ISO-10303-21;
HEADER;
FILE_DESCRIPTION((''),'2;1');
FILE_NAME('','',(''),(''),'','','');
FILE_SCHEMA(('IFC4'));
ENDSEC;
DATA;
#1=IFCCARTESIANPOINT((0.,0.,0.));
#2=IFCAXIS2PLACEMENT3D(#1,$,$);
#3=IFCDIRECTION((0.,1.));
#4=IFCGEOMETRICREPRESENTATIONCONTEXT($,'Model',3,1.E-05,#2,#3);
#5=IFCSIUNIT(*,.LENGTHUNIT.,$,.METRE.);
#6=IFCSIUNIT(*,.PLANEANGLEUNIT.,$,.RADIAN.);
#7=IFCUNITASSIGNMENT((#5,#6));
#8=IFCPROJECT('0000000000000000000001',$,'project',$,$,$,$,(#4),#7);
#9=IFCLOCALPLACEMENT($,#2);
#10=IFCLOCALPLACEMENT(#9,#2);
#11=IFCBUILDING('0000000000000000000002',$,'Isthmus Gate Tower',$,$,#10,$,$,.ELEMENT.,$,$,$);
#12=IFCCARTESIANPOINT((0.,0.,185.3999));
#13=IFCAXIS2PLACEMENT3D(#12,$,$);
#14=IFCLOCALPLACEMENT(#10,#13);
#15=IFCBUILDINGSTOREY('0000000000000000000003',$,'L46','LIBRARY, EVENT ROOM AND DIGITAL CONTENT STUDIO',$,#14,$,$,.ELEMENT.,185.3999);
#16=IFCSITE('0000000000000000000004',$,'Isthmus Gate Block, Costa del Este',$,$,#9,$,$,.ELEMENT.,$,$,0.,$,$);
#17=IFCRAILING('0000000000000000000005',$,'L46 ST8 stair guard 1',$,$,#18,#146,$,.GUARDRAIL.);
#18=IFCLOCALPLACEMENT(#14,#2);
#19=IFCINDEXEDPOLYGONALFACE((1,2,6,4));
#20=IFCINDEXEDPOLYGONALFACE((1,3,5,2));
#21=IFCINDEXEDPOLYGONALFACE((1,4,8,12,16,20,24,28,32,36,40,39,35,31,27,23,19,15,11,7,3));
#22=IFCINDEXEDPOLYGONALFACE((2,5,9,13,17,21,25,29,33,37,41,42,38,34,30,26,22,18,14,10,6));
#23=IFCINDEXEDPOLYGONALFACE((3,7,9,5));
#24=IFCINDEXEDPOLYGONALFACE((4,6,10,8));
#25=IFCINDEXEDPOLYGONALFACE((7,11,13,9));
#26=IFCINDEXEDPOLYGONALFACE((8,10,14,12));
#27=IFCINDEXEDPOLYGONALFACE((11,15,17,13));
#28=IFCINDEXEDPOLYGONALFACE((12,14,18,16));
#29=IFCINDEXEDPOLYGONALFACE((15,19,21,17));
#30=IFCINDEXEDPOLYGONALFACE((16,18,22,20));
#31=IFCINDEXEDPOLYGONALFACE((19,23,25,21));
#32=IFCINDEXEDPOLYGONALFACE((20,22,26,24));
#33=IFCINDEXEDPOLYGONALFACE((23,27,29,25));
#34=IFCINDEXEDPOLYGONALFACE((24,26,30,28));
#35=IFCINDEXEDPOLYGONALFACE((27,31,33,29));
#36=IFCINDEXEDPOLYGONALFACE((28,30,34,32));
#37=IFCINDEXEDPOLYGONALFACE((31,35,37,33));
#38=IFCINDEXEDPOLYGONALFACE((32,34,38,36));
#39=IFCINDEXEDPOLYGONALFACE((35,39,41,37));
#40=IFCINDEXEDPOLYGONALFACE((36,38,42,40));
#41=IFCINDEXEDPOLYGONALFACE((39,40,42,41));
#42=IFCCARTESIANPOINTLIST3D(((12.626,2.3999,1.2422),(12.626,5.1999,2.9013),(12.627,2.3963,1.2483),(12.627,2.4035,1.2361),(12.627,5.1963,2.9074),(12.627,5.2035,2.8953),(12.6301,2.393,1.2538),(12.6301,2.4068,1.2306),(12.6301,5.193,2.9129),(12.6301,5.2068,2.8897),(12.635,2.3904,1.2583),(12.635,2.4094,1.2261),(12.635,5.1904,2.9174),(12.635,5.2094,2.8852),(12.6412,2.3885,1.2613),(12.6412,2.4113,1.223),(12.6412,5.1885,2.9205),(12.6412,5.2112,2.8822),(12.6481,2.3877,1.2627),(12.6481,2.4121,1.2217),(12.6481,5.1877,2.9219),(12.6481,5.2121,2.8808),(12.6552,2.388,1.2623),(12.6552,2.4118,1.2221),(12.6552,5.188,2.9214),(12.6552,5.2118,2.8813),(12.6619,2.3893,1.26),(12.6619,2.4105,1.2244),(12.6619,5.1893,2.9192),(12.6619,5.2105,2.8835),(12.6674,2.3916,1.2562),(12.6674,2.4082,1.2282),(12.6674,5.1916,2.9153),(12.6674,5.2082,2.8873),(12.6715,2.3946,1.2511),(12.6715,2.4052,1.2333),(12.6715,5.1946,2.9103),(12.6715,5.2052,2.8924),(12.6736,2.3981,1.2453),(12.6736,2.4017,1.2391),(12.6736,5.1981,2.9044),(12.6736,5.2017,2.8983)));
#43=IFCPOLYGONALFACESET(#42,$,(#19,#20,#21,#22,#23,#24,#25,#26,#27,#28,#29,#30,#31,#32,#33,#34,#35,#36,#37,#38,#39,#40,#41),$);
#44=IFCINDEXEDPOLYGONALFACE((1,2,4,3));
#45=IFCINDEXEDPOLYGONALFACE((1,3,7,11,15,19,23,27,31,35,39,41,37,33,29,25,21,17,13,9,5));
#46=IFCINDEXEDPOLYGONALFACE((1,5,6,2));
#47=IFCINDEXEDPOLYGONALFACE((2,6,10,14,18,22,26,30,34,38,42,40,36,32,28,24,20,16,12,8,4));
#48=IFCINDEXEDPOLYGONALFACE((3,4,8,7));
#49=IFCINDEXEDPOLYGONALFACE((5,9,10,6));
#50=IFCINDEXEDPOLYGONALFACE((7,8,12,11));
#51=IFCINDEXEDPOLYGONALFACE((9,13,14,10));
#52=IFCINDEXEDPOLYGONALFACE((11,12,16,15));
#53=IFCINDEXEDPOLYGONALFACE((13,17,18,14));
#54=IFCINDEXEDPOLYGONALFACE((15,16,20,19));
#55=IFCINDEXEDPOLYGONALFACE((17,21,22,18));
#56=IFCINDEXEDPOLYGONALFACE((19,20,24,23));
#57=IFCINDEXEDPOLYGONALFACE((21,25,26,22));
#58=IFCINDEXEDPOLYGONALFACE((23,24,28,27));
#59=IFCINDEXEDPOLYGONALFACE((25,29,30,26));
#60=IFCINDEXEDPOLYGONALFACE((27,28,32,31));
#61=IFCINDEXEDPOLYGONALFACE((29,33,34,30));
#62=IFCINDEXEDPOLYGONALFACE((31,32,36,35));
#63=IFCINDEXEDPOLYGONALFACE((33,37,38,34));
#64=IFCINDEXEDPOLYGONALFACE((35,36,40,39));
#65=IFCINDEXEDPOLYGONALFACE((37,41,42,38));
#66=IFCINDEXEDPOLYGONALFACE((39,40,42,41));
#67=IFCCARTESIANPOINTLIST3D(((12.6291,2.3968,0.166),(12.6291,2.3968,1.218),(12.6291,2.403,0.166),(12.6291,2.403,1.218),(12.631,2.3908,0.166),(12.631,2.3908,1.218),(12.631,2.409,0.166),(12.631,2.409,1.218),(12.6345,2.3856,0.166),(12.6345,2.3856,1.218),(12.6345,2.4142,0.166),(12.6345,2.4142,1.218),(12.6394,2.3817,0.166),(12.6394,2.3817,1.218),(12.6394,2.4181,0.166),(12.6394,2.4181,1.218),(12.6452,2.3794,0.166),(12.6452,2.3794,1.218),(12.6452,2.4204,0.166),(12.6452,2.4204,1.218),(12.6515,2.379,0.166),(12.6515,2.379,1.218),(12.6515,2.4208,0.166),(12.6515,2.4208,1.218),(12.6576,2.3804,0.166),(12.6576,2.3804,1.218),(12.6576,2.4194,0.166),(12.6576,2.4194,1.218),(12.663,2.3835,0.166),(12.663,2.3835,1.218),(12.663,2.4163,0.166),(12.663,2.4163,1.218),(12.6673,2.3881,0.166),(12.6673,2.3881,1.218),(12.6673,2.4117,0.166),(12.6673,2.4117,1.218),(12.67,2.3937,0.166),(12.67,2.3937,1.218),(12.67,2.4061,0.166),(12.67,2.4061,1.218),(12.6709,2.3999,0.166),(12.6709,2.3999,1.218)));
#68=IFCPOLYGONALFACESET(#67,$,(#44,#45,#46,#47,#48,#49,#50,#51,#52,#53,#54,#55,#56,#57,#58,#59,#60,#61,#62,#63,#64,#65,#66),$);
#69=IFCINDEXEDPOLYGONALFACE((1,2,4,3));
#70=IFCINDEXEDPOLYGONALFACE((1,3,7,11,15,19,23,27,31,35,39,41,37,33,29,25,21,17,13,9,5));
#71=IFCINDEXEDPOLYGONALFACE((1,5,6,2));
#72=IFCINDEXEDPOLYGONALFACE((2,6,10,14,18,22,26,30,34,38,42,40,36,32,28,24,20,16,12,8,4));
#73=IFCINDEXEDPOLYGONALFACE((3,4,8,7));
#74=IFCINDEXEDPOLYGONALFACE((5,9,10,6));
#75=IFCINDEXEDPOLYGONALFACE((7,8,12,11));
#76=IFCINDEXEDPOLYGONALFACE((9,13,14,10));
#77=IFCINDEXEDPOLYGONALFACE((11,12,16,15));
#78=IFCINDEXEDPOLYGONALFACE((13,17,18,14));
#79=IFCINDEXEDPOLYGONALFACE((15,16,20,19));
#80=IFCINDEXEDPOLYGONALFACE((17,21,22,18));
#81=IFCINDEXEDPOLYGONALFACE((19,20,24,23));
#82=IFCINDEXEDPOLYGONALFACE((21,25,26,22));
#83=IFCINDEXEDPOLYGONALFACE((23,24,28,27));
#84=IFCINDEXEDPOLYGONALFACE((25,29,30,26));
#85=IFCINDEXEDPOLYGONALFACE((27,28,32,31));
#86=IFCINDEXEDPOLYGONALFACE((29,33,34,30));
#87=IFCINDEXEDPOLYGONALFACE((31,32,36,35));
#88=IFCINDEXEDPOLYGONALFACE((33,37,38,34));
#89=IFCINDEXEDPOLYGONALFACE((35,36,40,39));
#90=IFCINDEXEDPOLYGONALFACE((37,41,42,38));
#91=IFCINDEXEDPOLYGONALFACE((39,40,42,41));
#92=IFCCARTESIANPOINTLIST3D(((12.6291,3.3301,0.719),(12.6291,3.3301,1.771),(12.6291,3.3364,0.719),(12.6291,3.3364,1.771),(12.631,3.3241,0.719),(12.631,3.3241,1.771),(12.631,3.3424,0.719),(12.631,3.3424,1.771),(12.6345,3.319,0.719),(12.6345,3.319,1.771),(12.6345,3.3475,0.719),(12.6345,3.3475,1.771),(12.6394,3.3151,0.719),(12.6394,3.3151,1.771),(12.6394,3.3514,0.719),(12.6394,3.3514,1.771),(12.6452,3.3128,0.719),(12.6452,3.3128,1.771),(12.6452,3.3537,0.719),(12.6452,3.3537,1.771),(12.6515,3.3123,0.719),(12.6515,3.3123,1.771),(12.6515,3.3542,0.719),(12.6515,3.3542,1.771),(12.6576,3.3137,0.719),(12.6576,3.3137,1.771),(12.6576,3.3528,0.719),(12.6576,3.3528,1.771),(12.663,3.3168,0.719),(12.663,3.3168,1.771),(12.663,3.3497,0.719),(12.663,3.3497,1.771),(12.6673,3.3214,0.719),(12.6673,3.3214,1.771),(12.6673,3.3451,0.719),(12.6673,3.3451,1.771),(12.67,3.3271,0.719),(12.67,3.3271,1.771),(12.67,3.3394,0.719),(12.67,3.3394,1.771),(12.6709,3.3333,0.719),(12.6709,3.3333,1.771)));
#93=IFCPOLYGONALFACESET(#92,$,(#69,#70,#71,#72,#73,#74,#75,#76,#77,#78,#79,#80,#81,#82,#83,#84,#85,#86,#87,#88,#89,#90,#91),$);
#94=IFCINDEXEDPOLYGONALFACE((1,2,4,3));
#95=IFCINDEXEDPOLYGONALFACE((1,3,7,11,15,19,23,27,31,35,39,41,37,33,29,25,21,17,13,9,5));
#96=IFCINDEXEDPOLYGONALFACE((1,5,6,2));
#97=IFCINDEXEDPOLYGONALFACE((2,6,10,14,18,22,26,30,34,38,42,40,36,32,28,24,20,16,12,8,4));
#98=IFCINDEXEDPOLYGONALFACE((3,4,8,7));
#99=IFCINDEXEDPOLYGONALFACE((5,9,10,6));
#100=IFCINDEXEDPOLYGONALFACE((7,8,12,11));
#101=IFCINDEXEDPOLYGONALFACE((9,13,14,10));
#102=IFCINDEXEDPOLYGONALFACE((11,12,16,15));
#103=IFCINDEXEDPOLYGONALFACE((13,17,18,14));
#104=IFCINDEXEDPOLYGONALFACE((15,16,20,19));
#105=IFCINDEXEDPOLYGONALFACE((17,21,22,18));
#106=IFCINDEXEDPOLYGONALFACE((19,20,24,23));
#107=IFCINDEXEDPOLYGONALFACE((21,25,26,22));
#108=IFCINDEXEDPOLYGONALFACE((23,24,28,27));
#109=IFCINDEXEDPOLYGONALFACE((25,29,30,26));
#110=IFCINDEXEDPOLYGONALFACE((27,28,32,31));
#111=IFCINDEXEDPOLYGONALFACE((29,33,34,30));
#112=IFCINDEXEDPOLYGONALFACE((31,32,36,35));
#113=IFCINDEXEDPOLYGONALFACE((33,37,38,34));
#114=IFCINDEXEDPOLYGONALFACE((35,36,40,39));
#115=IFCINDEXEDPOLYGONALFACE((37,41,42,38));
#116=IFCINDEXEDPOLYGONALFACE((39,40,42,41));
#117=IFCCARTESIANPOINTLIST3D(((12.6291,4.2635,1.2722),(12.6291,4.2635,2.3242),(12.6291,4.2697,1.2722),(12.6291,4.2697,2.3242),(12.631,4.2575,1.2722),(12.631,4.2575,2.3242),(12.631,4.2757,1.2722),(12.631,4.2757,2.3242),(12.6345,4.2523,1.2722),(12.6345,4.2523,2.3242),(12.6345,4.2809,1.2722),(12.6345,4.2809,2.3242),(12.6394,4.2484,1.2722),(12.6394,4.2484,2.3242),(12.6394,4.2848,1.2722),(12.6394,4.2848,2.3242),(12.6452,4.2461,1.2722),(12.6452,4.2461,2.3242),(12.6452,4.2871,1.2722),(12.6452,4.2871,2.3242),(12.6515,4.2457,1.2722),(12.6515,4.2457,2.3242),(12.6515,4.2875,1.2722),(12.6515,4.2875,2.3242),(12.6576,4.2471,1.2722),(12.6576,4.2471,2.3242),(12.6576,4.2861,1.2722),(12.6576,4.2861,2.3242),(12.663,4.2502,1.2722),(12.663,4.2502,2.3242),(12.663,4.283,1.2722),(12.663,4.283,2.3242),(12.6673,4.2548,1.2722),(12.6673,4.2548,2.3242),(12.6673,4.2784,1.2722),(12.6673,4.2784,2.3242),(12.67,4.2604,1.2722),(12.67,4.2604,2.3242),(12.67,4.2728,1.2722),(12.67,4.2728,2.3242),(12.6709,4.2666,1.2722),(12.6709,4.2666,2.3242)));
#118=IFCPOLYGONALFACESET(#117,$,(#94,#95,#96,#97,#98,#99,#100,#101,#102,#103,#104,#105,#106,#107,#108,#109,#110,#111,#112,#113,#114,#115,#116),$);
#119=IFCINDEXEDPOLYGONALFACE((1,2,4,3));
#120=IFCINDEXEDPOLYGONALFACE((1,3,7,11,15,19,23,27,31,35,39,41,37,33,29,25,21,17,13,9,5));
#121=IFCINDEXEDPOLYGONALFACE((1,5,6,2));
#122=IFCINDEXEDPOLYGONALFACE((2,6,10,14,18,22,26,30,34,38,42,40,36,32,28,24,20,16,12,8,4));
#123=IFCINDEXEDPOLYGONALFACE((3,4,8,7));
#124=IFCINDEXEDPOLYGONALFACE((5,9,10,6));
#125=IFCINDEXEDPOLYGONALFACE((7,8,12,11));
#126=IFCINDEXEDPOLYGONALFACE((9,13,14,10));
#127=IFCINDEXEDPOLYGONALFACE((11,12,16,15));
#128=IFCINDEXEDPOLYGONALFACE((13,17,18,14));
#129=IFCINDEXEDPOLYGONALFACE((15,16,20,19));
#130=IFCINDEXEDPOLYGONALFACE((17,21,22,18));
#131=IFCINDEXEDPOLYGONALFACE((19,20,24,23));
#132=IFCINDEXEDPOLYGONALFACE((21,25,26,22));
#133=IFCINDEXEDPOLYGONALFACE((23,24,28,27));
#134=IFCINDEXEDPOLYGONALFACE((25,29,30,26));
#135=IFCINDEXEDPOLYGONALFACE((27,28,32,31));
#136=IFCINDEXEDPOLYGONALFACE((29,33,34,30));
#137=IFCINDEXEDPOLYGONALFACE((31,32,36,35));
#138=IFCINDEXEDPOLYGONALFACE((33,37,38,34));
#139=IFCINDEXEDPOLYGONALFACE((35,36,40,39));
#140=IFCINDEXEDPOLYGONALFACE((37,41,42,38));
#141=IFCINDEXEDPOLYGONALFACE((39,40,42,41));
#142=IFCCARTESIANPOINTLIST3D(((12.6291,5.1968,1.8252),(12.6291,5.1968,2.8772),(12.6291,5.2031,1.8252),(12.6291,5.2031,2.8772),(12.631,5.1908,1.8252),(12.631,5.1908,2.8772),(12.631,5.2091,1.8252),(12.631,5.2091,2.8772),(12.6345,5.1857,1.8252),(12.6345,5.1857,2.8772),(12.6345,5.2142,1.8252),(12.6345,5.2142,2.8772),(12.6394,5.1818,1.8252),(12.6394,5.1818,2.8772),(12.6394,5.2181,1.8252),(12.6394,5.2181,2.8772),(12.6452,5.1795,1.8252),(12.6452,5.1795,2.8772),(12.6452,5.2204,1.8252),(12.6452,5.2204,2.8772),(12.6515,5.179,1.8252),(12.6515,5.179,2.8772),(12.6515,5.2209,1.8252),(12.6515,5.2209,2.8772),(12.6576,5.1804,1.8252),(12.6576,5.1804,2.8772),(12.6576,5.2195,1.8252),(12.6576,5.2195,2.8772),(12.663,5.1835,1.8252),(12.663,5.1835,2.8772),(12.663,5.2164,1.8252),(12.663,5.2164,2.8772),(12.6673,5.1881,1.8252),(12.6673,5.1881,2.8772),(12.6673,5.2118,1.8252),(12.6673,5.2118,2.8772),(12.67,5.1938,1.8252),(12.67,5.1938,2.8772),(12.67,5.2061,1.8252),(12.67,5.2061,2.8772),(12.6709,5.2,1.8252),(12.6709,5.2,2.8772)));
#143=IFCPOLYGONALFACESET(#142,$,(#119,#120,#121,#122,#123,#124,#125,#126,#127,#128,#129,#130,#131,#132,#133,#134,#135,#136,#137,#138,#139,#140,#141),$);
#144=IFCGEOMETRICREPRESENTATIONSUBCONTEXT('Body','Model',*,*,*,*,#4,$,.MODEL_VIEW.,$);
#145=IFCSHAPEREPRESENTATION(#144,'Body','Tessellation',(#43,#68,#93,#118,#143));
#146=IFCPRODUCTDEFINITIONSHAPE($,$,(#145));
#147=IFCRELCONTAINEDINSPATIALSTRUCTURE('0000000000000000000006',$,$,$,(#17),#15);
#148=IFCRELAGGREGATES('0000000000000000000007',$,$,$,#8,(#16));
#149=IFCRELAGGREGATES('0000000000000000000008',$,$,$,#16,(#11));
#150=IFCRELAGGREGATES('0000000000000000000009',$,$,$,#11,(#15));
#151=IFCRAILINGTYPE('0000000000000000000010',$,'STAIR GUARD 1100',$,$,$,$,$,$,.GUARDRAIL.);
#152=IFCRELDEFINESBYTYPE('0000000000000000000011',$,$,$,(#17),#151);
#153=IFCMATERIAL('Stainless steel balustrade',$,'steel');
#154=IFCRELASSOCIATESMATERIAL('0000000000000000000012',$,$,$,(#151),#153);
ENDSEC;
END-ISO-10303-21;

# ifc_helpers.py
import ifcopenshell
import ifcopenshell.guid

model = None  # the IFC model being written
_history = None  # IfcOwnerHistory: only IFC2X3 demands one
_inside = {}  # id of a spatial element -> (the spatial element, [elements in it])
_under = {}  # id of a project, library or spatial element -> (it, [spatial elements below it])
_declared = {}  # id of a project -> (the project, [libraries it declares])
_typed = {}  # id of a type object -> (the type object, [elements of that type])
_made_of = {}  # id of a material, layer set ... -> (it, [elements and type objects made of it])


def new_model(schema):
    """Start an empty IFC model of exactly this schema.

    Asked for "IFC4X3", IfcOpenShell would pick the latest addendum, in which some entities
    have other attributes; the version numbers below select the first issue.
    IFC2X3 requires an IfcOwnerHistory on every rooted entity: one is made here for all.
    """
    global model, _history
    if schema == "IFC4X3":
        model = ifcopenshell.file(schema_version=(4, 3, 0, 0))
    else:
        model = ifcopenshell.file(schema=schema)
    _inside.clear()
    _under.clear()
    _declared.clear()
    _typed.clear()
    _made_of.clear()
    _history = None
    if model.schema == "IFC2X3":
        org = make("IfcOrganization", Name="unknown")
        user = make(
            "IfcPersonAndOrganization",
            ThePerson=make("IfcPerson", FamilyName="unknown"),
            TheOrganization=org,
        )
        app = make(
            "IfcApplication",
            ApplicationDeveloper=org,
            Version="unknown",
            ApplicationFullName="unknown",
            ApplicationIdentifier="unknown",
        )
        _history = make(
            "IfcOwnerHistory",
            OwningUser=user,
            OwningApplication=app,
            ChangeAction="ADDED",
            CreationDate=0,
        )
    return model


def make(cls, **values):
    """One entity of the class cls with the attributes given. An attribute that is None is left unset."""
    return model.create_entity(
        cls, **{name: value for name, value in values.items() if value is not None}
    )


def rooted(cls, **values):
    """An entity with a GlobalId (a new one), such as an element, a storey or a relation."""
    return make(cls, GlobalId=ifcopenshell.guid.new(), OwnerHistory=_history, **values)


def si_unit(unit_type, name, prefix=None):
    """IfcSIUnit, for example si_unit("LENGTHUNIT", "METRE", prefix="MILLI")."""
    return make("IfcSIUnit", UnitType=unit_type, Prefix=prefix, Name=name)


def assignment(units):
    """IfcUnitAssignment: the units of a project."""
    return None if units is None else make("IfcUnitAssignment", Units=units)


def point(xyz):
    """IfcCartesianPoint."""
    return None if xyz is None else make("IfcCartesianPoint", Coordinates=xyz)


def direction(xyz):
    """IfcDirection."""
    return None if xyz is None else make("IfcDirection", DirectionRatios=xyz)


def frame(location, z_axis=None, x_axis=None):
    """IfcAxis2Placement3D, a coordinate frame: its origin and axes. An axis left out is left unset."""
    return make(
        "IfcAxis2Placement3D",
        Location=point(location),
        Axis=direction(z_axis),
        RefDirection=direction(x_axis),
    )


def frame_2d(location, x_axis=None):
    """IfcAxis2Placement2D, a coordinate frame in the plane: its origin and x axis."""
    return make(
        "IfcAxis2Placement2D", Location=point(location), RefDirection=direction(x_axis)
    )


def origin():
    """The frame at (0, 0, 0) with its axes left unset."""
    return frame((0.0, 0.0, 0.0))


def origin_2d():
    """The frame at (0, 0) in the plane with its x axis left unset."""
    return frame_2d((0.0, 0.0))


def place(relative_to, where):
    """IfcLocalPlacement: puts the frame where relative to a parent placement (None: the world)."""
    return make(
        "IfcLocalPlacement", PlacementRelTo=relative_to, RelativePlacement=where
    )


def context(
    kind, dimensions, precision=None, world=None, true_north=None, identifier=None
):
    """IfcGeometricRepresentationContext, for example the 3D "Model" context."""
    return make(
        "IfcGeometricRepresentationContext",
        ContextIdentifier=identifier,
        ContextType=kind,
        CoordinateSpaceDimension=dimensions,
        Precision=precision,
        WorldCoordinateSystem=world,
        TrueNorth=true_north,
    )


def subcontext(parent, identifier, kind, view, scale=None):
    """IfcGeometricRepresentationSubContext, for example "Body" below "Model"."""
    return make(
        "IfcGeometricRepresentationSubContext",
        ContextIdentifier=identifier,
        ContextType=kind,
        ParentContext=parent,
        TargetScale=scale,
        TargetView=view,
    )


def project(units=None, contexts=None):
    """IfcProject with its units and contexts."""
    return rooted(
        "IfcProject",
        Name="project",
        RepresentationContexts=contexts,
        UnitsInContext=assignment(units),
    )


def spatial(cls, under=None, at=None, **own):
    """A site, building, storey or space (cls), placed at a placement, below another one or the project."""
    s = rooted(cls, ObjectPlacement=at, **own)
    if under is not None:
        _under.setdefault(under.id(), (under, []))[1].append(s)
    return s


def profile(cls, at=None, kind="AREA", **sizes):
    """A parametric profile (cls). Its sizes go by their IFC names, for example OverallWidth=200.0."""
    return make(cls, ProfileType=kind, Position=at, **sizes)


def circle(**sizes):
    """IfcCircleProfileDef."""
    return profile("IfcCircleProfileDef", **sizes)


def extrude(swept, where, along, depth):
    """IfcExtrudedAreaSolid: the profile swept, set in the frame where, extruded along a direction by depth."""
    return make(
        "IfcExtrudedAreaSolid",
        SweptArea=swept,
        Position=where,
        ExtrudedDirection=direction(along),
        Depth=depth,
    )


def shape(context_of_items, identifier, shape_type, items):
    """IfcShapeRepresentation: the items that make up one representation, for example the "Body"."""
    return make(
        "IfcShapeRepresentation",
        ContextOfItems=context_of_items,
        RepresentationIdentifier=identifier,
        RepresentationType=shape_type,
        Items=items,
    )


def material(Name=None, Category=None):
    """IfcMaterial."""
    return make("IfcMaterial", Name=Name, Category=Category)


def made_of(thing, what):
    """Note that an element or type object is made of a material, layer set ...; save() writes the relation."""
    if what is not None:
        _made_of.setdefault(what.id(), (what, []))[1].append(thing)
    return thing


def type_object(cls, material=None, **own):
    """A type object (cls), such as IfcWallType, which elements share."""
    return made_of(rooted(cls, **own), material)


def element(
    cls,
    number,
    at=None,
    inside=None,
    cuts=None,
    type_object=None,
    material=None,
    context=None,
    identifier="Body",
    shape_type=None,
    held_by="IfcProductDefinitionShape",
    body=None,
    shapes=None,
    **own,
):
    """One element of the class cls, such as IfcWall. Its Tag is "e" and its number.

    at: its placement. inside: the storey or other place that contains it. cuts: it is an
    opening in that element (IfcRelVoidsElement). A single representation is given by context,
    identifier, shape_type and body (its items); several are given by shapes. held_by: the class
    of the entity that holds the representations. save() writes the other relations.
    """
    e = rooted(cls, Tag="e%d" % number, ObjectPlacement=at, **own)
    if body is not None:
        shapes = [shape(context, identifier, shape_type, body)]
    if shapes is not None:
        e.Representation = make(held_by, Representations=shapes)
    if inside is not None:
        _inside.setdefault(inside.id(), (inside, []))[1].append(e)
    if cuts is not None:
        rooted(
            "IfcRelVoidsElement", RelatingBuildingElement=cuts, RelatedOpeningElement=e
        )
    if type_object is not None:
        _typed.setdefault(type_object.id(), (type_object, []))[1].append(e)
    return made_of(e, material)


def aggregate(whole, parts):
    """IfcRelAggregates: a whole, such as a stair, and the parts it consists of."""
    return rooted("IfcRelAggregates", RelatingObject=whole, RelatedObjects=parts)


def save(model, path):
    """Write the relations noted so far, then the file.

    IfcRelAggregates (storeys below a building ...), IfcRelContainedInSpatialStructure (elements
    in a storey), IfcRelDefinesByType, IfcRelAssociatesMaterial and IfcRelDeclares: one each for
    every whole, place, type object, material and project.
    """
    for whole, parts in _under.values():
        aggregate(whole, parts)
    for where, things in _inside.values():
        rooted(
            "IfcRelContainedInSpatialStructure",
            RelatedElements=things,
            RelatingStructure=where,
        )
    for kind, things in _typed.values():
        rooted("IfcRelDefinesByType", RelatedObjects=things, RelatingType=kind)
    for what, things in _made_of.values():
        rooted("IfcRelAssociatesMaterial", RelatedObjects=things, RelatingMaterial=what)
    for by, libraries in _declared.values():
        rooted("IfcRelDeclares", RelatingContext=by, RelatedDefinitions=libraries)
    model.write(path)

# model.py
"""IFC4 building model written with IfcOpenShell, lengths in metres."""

from ifc_helpers import new_model, si_unit, direction, frame, origin, origin_2d, place, context, subcontext, project, spatial, circle, extrude, material, type_object, element, save


model = new_model("IFC4")

# Units and contexts
model_context = context("Model", 3, precision=1e-05, world=origin(), true_north=direction((0.0, 1.0)))
body_context = subcontext(model_context, "Body", "Model", "MODEL_VIEW")
ifc_project = project(units=[si_unit("LENGTHUNIT", "METRE"), si_unit("PLANEANGLEUNIT", "RADIAN")], contexts=[model_context])

# Site, building, storey
site_placement = place(None, origin())
site = spatial("IfcSite", under=ifc_project, at=site_placement, Name="Isthmus Gate Block, Costa del Este", CompositionType="ELEMENT", RefElevation=0.0)
building_placement = place(site_placement, origin())
building = spatial("IfcBuilding", under=site, at=building_placement, Name="Isthmus Gate Tower", CompositionType="ELEMENT")
storey_placement = place(building_placement, frame((0.0, 0.0, 185.3999)))
storey = spatial("IfcBuildingStorey", under=building, at=storey_placement, Name="L46", Description="LIBRARY, EVENT ROOM AND DIGITAL CONTENT STUDIO", CompositionType="ELEMENT", Elevation=185.3999)

# Railing
ifc_material_1 = material(Name="Stainless steel balustrade", Category="steel")
railing_type_1 = type_object("IfcRailingType", Name="STAIR GUARD 1100", PredefinedType="GUARDRAIL", material=ifc_material_1)
for number, where, name in (
    (1, (12.6499, 2.3999, 0.166), "L46 ST8 stair guard 1"),
):
    element("IfcRailing", number, at=place(storey_placement, frame(where)), inside=storey, type_object=railing_type_1, Name=name, PredefinedType="GUARDRAIL", context=body_context, shape_type="SweptSolid", body=[
        extrude(circle(Radius=0.0239, at=origin_2d()), frame((0.0, 0.0, 1.0762), z_axis=(0.0, 0.860306, 0.509778), x_axis=(-1.0, 0.0, 0.0)), (0.0, 0.0, 1.0), 3.2546),
        extrude(circle(Radius=0.021, at=origin_2d()), origin(), (0.0, 0.0, 1.0), 1.052),
        extrude(circle(Radius=0.021, at=origin_2d()), frame((0.0, 0.9333, 0.553)), (0.0, 0.0, 1.0), 1.052),
        extrude(circle(Radius=0.021, at=origin_2d()), frame((0.0, 1.8667, 1.1062)), (0.0, 0.0, 1.0), 1.052),
        extrude(circle(Radius=0.021, at=origin_2d()), frame((0.0, 2.8, 1.6592)), (0.0, 0.0, 1.0), 1.052),
    ])

save(model, "model.ifc")
